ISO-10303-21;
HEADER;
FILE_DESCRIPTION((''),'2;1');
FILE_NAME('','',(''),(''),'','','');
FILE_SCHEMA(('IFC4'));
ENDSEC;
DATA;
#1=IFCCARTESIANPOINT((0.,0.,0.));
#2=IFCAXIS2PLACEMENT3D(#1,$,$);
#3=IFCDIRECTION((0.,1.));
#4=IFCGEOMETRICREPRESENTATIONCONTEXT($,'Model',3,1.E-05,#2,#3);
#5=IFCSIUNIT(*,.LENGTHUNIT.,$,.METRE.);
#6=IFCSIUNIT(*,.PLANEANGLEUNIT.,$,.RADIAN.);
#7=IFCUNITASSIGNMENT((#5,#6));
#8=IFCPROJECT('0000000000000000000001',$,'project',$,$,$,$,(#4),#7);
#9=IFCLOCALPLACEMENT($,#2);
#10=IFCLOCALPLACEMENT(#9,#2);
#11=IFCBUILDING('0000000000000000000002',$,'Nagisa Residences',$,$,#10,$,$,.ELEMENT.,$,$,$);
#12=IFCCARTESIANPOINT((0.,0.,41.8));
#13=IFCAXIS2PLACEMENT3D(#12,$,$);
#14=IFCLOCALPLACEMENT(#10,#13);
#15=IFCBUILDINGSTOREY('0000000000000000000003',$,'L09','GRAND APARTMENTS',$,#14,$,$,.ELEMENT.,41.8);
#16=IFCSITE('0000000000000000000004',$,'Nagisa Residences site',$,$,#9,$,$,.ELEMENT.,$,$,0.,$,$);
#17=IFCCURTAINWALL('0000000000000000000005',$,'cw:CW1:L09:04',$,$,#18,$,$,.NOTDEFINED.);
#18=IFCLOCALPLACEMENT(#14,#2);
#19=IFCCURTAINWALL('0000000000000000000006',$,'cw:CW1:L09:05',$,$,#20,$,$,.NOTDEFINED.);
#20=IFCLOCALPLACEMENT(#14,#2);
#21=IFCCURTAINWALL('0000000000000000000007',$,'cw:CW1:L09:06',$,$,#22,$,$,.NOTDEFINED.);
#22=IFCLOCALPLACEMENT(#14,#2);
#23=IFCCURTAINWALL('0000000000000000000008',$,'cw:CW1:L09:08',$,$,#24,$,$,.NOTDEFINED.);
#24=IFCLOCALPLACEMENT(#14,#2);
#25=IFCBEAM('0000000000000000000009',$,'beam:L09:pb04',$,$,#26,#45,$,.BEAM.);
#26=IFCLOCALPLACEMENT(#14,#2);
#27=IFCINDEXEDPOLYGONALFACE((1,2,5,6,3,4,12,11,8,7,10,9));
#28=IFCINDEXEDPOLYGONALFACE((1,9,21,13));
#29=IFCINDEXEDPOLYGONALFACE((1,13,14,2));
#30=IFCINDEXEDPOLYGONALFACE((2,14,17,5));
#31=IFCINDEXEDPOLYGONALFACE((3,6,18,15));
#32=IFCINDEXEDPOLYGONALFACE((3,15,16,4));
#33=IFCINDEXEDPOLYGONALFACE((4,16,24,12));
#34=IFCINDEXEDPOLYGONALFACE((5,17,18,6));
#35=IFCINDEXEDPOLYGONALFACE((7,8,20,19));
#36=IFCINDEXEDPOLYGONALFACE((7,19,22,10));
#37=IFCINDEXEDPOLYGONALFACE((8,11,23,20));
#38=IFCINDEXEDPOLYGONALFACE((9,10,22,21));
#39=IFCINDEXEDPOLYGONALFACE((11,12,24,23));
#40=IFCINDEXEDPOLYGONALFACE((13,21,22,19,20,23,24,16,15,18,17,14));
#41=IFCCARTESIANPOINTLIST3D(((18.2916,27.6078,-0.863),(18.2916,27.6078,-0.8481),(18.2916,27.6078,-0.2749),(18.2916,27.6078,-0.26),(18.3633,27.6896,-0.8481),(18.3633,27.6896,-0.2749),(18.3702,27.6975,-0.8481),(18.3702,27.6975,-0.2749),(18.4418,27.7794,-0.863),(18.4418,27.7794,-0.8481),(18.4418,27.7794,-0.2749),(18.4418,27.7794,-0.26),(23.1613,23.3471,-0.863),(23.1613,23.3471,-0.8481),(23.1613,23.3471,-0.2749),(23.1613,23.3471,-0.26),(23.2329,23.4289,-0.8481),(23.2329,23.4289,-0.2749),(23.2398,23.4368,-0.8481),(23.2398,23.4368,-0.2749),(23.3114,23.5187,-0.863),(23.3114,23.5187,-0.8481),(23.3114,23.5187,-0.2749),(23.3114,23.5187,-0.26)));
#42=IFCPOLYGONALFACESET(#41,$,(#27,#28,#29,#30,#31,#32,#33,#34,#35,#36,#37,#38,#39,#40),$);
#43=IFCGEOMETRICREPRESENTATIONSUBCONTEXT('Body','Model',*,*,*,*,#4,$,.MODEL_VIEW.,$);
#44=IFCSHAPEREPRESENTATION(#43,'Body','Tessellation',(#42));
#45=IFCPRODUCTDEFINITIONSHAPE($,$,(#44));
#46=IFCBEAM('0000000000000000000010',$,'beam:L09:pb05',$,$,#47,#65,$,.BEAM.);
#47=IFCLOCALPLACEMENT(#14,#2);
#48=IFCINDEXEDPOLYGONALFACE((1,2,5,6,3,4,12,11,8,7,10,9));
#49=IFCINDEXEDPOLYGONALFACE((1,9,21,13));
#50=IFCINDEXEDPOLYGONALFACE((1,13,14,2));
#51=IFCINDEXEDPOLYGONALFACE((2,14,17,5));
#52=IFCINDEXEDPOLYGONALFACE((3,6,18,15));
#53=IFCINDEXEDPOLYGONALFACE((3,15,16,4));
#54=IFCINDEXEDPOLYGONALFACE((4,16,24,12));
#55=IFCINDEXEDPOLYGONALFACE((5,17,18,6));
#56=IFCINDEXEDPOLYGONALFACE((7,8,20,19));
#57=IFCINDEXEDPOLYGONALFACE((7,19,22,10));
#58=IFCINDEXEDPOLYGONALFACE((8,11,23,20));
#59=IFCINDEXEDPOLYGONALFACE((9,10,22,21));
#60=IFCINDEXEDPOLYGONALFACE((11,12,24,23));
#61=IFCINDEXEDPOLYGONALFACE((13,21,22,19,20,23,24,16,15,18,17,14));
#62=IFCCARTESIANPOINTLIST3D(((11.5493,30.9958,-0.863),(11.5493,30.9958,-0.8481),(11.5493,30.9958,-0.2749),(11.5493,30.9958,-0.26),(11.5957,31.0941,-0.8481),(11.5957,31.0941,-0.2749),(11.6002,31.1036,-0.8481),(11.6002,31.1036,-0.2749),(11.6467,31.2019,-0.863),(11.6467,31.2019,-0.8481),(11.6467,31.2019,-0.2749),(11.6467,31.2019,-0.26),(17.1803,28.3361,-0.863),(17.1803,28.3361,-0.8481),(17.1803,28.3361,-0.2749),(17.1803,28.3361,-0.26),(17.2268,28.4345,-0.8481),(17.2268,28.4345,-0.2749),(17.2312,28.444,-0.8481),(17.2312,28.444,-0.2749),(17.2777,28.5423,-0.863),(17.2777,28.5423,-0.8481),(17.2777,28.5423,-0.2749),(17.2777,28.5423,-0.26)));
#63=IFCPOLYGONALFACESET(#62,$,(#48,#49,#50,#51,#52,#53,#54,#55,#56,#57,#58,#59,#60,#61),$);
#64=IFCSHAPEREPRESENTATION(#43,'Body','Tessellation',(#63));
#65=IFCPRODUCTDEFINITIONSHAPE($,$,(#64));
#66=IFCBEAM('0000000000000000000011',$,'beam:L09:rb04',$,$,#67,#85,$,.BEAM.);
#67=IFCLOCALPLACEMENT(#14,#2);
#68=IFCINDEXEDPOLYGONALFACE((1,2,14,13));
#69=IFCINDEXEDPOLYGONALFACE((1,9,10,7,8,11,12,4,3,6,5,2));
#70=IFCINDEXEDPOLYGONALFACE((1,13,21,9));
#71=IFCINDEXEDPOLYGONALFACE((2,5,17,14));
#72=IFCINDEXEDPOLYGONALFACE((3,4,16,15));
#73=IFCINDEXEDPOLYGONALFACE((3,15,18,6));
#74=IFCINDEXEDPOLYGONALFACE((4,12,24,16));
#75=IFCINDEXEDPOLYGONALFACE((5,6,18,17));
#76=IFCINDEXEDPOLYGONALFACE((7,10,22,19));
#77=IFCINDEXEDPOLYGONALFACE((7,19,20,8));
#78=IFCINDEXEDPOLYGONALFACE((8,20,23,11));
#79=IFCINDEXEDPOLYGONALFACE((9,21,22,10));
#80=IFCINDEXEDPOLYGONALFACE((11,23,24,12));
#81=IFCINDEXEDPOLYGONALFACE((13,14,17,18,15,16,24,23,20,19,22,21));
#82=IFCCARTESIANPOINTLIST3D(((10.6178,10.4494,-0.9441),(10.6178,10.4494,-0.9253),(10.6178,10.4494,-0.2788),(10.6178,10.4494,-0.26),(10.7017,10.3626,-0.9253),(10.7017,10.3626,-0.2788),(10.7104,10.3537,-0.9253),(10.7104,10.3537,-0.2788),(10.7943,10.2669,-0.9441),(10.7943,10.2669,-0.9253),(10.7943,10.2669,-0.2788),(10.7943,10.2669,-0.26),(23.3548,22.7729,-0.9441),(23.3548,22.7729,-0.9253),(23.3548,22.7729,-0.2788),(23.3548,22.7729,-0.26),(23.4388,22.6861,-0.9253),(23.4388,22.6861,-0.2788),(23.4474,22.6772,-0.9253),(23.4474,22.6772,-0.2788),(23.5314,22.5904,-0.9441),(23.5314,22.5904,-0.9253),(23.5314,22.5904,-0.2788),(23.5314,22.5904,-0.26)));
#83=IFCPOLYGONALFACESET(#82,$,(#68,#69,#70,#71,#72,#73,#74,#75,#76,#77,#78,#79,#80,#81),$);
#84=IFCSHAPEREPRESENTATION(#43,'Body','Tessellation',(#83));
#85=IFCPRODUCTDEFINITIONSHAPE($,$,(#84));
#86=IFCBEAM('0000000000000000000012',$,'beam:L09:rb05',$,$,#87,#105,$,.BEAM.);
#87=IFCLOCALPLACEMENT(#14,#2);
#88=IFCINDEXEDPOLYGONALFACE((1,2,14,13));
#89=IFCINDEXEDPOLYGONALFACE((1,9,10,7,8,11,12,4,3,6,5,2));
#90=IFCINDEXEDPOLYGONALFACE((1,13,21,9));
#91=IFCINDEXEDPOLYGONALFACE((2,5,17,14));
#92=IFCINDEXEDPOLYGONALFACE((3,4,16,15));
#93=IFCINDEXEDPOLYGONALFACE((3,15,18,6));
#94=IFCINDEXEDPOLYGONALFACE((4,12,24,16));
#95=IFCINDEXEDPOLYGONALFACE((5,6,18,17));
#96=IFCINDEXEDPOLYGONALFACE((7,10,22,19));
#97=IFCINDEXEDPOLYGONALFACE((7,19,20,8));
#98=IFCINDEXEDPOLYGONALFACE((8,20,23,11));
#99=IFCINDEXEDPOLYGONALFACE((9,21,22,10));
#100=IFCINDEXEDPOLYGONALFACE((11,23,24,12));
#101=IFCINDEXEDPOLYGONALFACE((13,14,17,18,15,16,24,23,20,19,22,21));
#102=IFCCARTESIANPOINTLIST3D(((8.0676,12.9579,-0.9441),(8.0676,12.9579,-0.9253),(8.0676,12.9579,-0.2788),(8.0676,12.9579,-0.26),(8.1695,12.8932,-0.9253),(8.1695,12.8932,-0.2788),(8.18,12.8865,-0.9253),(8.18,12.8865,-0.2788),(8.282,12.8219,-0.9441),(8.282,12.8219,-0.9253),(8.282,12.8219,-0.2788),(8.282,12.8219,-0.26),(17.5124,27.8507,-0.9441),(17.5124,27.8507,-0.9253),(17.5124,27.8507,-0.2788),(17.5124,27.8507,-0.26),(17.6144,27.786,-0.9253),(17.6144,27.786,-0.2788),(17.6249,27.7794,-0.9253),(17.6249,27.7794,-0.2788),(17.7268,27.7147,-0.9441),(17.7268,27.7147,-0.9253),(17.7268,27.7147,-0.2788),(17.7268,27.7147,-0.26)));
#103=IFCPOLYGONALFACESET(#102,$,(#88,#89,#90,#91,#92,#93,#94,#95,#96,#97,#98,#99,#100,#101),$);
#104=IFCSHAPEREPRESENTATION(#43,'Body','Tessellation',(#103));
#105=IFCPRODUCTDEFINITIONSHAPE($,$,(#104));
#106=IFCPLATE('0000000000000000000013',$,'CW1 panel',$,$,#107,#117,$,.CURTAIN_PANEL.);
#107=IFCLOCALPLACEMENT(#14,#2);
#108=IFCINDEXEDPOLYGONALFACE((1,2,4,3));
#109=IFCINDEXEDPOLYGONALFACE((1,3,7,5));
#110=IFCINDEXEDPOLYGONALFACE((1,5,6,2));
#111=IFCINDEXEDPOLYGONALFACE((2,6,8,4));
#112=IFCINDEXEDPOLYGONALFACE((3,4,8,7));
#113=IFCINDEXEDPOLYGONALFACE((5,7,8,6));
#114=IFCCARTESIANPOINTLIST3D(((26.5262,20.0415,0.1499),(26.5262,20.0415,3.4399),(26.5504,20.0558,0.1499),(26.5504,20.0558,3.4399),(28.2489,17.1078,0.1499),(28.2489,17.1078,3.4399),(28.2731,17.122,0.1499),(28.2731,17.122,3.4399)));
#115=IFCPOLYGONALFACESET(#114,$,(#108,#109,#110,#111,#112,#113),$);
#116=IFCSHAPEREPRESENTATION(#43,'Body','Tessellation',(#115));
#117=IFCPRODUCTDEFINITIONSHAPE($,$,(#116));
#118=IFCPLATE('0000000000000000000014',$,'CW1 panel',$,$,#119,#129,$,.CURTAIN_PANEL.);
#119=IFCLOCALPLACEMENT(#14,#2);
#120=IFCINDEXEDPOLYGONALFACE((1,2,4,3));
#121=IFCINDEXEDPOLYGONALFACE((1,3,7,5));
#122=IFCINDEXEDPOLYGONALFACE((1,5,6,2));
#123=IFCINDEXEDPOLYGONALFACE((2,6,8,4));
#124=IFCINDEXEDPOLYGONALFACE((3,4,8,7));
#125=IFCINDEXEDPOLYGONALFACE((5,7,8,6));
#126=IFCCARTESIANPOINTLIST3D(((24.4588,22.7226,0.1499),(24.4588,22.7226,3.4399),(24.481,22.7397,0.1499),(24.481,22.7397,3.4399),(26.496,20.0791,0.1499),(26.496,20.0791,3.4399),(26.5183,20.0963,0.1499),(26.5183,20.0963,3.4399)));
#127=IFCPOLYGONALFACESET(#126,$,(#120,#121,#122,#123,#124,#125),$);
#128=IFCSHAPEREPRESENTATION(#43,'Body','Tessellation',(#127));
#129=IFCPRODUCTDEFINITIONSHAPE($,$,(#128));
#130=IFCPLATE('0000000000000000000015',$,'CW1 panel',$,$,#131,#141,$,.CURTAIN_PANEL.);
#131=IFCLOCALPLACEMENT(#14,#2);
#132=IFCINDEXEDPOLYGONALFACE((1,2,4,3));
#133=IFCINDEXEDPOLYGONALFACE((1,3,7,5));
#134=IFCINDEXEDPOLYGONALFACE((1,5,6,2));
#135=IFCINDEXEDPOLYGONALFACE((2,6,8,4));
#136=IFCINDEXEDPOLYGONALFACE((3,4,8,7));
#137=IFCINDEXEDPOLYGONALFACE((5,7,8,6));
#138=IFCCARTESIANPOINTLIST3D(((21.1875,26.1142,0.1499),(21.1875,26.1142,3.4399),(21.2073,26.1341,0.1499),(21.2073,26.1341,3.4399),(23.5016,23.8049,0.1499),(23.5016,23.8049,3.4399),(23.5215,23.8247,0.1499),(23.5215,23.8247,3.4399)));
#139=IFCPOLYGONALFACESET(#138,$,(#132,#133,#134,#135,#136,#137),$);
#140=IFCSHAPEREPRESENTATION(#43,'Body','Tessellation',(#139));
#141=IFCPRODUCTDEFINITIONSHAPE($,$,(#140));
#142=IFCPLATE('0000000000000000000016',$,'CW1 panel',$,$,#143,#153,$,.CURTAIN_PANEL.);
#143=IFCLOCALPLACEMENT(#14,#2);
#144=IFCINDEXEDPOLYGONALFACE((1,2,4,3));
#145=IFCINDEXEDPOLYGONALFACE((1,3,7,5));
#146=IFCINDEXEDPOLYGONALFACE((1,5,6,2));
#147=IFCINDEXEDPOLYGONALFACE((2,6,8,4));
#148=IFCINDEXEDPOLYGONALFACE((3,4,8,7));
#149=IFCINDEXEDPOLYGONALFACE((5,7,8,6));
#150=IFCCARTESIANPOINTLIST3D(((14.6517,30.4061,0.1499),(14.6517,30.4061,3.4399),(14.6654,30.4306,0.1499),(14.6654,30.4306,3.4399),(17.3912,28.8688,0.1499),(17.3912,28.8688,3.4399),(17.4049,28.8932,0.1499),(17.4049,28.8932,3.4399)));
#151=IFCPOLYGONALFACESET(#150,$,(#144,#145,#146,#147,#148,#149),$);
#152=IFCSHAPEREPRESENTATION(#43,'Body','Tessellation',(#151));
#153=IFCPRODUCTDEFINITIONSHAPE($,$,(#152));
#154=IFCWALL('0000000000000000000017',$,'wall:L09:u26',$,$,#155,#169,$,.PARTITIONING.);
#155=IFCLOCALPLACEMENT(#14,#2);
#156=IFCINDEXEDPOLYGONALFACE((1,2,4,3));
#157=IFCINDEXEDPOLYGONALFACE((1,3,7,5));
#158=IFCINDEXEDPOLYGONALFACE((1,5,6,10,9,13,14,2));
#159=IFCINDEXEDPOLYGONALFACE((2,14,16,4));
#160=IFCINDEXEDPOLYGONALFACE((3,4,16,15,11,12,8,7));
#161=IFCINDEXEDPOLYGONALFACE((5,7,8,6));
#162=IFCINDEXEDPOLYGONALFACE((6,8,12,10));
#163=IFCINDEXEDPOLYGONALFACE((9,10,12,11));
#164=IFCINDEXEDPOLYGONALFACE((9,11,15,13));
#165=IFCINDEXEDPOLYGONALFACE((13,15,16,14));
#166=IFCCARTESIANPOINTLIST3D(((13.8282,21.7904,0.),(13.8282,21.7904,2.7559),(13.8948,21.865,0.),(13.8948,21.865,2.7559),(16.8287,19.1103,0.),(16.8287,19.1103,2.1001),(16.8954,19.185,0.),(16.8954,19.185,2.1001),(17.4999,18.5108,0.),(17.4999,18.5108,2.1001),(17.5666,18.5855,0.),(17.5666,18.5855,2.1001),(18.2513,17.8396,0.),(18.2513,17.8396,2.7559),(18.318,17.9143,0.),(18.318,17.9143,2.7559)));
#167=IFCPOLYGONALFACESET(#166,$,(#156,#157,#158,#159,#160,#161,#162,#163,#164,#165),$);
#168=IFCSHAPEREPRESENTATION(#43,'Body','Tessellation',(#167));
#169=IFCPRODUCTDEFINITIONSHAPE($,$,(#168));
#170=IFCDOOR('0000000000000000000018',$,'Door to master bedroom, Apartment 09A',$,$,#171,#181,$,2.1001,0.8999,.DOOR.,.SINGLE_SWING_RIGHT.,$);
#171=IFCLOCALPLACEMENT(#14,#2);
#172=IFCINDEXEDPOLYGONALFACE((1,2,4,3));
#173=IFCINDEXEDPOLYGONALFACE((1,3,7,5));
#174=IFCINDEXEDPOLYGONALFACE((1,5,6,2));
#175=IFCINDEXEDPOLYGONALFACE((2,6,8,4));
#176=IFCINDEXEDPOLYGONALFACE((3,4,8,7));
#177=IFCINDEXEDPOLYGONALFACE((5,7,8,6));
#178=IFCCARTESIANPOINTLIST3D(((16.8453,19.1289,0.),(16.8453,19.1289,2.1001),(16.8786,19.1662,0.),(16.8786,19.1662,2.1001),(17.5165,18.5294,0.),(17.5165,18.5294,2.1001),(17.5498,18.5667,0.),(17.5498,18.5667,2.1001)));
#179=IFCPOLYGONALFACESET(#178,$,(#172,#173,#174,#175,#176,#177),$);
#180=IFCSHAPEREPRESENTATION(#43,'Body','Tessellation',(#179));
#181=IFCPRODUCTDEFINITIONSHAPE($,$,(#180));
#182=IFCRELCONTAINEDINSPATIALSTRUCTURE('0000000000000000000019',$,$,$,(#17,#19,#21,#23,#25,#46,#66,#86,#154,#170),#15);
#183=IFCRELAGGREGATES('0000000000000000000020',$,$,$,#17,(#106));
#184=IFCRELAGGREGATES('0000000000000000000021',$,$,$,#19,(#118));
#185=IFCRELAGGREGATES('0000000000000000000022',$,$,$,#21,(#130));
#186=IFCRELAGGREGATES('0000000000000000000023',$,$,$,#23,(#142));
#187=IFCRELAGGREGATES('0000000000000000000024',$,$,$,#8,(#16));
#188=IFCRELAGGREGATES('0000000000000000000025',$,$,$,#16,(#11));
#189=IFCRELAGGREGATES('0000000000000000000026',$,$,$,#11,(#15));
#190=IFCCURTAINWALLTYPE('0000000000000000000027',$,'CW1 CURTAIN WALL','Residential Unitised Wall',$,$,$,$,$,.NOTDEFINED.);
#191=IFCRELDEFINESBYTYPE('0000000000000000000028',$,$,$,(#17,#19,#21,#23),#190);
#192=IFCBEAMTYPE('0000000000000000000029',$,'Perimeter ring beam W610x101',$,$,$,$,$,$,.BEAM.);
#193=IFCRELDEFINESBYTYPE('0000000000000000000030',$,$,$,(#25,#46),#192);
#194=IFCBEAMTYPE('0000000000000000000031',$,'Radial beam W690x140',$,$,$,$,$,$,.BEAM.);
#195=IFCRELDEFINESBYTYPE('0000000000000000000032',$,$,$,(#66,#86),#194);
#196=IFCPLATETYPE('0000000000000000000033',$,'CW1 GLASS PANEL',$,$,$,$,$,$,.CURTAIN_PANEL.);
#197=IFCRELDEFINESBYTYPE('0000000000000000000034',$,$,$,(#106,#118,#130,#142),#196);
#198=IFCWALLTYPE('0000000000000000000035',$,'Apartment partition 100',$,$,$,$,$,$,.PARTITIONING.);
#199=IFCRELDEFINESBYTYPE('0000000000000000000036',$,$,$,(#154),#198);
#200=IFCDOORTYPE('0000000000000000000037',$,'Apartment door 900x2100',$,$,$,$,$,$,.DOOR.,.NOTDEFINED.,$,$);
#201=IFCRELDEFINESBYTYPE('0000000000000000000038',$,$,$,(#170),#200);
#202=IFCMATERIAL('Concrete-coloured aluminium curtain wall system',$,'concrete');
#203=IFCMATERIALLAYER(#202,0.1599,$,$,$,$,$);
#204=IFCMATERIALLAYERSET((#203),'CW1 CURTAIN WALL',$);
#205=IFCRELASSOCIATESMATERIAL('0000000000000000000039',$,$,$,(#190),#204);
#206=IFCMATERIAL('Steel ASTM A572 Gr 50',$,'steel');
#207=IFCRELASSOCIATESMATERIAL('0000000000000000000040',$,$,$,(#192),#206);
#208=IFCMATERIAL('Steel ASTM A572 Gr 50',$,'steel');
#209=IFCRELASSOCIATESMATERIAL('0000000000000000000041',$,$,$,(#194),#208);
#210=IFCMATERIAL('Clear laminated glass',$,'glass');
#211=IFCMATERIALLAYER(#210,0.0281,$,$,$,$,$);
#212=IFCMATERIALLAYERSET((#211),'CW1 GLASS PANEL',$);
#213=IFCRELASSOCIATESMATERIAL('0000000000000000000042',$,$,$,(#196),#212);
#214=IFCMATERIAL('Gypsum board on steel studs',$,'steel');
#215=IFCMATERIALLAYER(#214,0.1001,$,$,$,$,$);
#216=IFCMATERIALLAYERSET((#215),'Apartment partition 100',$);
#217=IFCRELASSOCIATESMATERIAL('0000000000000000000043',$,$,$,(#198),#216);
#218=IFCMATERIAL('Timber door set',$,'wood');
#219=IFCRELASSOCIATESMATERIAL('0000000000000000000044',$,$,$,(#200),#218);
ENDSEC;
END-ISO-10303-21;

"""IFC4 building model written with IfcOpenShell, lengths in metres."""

from ifc_helpers import new_model, si_unit, direction, frame, frame_2d, origin, origin_2d, place, context, subcontext, project, spatial, rectangle, i_section, extrude, material, layer, layer_set, material_profile, profile_set, type_object, element, fill, aggregate, save


model = new_model("IFC4")

# Units and contexts
model_context = context("Model", 3, precision=1e-05, world=origin(), true_north=direction((0.0, 1.0)))
body_context = subcontext(model_context, "Body", "Model", "MODEL_VIEW")
ifc_project = project(units=[si_unit("LENGTHUNIT", "METRE"), si_unit("PLANEANGLEUNIT", "RADIAN")], contexts=[model_context])

# Site, building, storey
site_placement = place(None, origin())
site = spatial("IfcSite", under=ifc_project, at=site_placement, Name="Nagisa Residences site", CompositionType="ELEMENT", RefElevation=0.0)
building_placement = place(site_placement, origin())
building = spatial("IfcBuilding", under=site, at=building_placement, Name="Nagisa Residences", CompositionType="ELEMENT")
storey_placement = place(building_placement, frame((0.0, 0.0, 41.8)))
storey = spatial("IfcBuildingStorey", under=building, at=storey_placement, Name="L09", Description="GRAND APARTMENTS", CompositionType="ELEMENT", Elevation=41.8)

# Curtain walls
ifc_material_1 = material(Name="Concrete-coloured aluminium curtain wall system", Category="concrete")
ifc_layer_1 = layer(ifc_material_1, 0.1599)
ifc_layer_set_1 = layer_set([ifc_layer_1], Name="CW1 CURTAIN WALL")
curtain_wall_type = type_object("IfcCurtainWallType", Name="CW1 CURTAIN WALL", Description="Residential Unitised Wall", PredefinedType="NOTDEFINED", material=ifc_layer_set_1)
curtain_wall_1_placement = place(storey_placement, origin())
curtain_wall_1 = element("IfcCurtainWall", 1, at=curtain_wall_1_placement, inside=storey, type_object=curtain_wall_type, Name="cw:CW1:L09:04", PredefinedType="NOTDEFINED")
curtain_wall_2_placement = place(storey_placement, origin())
curtain_wall_2 = element("IfcCurtainWall", 2, at=curtain_wall_2_placement, inside=storey, type_object=curtain_wall_type, Name="cw:CW1:L09:05", PredefinedType="NOTDEFINED")
curtain_wall_3_placement = place(storey_placement, origin())
curtain_wall_3 = element("IfcCurtainWall", 3, at=curtain_wall_3_placement, inside=storey, type_object=curtain_wall_type, Name="cw:CW1:L09:06", PredefinedType="NOTDEFINED")
curtain_wall_4_placement = place(storey_placement, origin())
curtain_wall_4 = element("IfcCurtainWall", 4, at=curtain_wall_4_placement, inside=storey, type_object=curtain_wall_type, Name="cw:CW1:L09:08", PredefinedType="NOTDEFINED")

# Beams
ifc_material_2 = material(Name="Steel ASTM A572 Gr 50", Category="steel")
ifc_material_profile_1 = material_profile(ifc_material_2, i_section(OverallWidth=0.228, OverallDepth=0.603, WebThickness=0.0105, FlangeThickness=0.0149, at=origin_2d()), Name="W610x101")
ifc_profile_set_1 = profile_set([ifc_material_profile_1], Name="Steel ASTM A572 Gr 50")
beam_type_1 = type_object("IfcBeamType", Name="Perimeter ring beam W610x101", PredefinedType="BEAM", material=ifc_profile_set_1)
beam_1_placement = place(storey_placement, frame((23.2363, 23.4329, -0.5615), z_axis=(-0.752591, 0.658489, 0.0), x_axis=(-0.658489, -0.752591, 0.0)))
element("IfcBeam", 5, at=beam_1_placement, inside=storey, type_object=beam_type_1, Name="beam:L09:pb04", PredefinedType="BEAM", context=body_context, shape_type="SweptSolid", body=[
    extrude(i_section(OverallWidth=0.228, OverallDepth=0.603, WebThickness=0.0105, FlangeThickness=0.0149, at=origin_2d()), origin(), (0.0, 0.0, 1.0), 6.4705),
])
beam_2_placement = place(storey_placement, frame((17.229, 28.4392, -0.5615), z_axis=(-0.904215, 0.427077, 0.0), x_axis=(-0.427077, -0.904215, 0.0)))
element("IfcBeam", 6, at=beam_2_placement, inside=storey, type_object=beam_type_1, Name="beam:L09:pb05", PredefinedType="BEAM", context=body_context, shape_type="SweptSolid", body=[
    extrude(i_section(OverallWidth=0.228, OverallDepth=0.603, WebThickness=0.0105, FlangeThickness=0.0149, at=origin_2d()), origin(), (0.0, 0.0, 1.0), 6.2275),
])
ifc_material_3 = material(Name="Steel ASTM A572 Gr 50", Category="steel")
ifc_material_profile_2 = material_profile(ifc_material_3, i_section(OverallWidth=0.2539, OverallDepth=0.6841, WebThickness=0.0125, FlangeThickness=0.0188, at=origin_2d()), Name="W690x140")
ifc_profile_set_2 = profile_set([ifc_material_profile_2], Name="Steel ASTM A572 Gr 50")
beam_type_2 = type_object("IfcBeamType", Name="Radial beam W690x140", PredefinedType="BEAM", material=ifc_profile_set_2)
beam_3_placement = place(storey_placement, frame((23.4431, 22.6816, -0.6021), z_axis=(-0.718678, -0.695343, 0.0), x_axis=(0.695343, -0.718678, 0.0)))
element("IfcBeam", 7, at=beam_3_placement, inside=storey, type_object=beam_type_2, Name="beam:L09:rb04", PredefinedType="BEAM", context=body_context, shape_type="SweptSolid", body=[
    extrude(i_section(OverallWidth=0.2539, OverallDepth=0.6841, WebThickness=0.0125, FlangeThickness=0.0188, at=origin_2d()), origin(), (0.0, 0.0, 1.0), 17.7229),
])
beam_4_placement = place(storey_placement, frame((17.6196, 27.7827, -0.6021), z_axis=(-0.535566, -0.844493, 0.0), x_axis=(0.844493, -0.535566, 0.0)))
element("IfcBeam", 8, at=beam_4_placement, inside=storey, type_object=beam_type_2, Name="beam:L09:rb05", PredefinedType="BEAM", context=body_context, shape_type="SweptSolid", body=[
    extrude(i_section(OverallWidth=0.2539, OverallDepth=0.6841, WebThickness=0.0125, FlangeThickness=0.0188, at=origin_2d()), origin(), (0.0, 0.0, 1.0), 17.6353),
])

# Plates
ifc_material_4 = material(Name="Clear laminated glass", Category="glass")
ifc_layer_2 = layer(ifc_material_4, 0.0281)
ifc_layer_set_2 = layer_set([ifc_layer_2], Name="CW1 GLASS PANEL")
plate_type = type_object("IfcPlateType", Name="CW1 GLASS PANEL", PredefinedType="CURTAIN_PANEL", material=ifc_layer_set_2)
plate_1_placement = place(storey_placement, frame((27.3997, 18.5818, 0.1499), z_axis=(0.0, 0.0, 1.0), x_axis=(-0.506349, 0.862329, 0.0)))
plate_1 = element("IfcPlate", 9, at=plate_1_placement, type_object=plate_type, Name="CW1 panel", PredefinedType="CURTAIN_PANEL", context=body_context, shape_type="SweptSolid", body=[
    extrude(rectangle(XDim=3.4021, YDim=0.0281, at=origin_2d()), origin(), (0.0, 0.0, 1.0), 3.29),
])
aggregate(curtain_wall_1, [plate_1])
plate_2_placement = place(storey_placement, frame((25.4885, 21.4094, 0.1499), z_axis=(0.0, 0.0, 1.0), x_axis=(-0.61043, 0.79207, 0.0)))
plate_2 = element("IfcPlate", 10, at=plate_2_placement, type_object=plate_type, Name="CW1 panel", PredefinedType="CURTAIN_PANEL", context=body_context, shape_type="SweptSolid", body=[
    extrude(rectangle(XDim=3.3374, YDim=0.0281, at=origin_2d()), origin(), (0.0, 0.0, 1.0), 3.29),
])
aggregate(curtain_wall_2, [plate_2])
plate_3_placement = place(storey_placement, frame((22.3545, 24.9695, 0.1499), z_axis=(0.0, 0.0, 1.0), x_axis=(-0.707836, 0.706377, 0.0)))
plate_3 = element("IfcPlate", 11, at=plate_3_placement, type_object=plate_type, Name="CW1 panel", PredefinedType="CURTAIN_PANEL", context=body_context, shape_type="SweptSolid", body=[
    extrude(rectangle(XDim=3.2693, YDim=0.0281, at=origin_2d()), origin(), (0.0, 0.0, 1.0), 3.29),
])
aggregate(curtain_wall_3, [plate_3])
plate_4_placement = place(storey_placement, frame((16.0283, 29.6497, 0.1499), z_axis=(0.0, 0.0, 1.0), x_axis=(-0.872072, 0.489377, 0.0)))
plate_4 = element("IfcPlate", 12, at=plate_4_placement, type_object=plate_type, Name="CW1 panel", PredefinedType="CURTAIN_PANEL", context=body_context, shape_type="SweptSolid", body=[
    extrude(rectangle(XDim=3.1414, YDim=0.0281, at=origin_2d()), origin(), (0.0, 0.0, 1.0), 3.29),
])
aggregate(curtain_wall_4, [plate_4])

# Wall, opening, door
ifc_material_5 = material(Name="Gypsum board on steel studs", Category="steel")
ifc_layer_3 = layer(ifc_material_5, 0.1001)
ifc_layer_set_3 = layer_set([ifc_layer_3], Name="Apartment partition 100")
wall_type_1 = type_object("IfcWallType", Name="Apartment partition 100", PredefinedType="PARTITIONING", material=ifc_layer_set_3)
wall_1_placement = place(storey_placement, frame((18.2847, 17.877, 0.0), z_axis=(0.0, 0.0, 1.0), x_axis=(-0.745813, 0.666156, 0.0)))
wall_1 = element("IfcWall", 13, at=wall_1_placement, inside=storey, type_object=wall_type_1, Name="wall:L09:u26", PredefinedType="PARTITIONING", context=body_context, shape_type="SweptSolid", body=[
    extrude(rectangle(XDim=5.9307, YDim=0.1001, at=frame_2d((2.9653, 0.0))), origin(), (0.0, 0.0, 1.0), 2.7559),
])
opening_1_placement = place(wall_1_placement, frame((1.0076, 0.0, 0.0)))
opening_1 = element("IfcOpeningElement", 14, at=opening_1_placement, cuts=wall_1, PredefinedType="OPENING", context=body_context, shape_type="SweptSolid", body=[
    extrude(rectangle(XDim=0.8999, YDim=2.1001, at=frame_2d((0.45, 1.05))), frame((0.0, 0.0601, 0.0), z_axis=(0.0, -1.0, 0.0), x_axis=(1.0, 0.0, 0.0)), (0.0, 0.0, 1.0), 0.1201),
])
ifc_material_6 = material(Name="Timber door set", Category="wood")
door_type_1 = type_object("IfcDoorType", Name="Apartment door 900x2100", OperationType="NOTDEFINED", PredefinedType="DOOR", material=ifc_material_6)
door_1_placement = place(opening_1_placement, frame((0.8999, 0.0, 0.0), x_axis=(-1.0, 0.0, 0.0)))
door_1 = element("IfcDoor", 15, at=door_1_placement, inside=storey, type_object=door_type_1, Name="Door to master bedroom, Apartment 09A", OperationType="SINGLE_SWING_RIGHT", OverallHeight=2.1001, OverallWidth=0.8999, PredefinedType="DOOR", context=body_context, shape_type="SweptSolid", body=[
    extrude(rectangle(XDim=0.8999, YDim=2.1001, at=frame_2d((0.45, 1.05))), frame((0.0, 0.0249, 0.0), z_axis=(0.0, -1.0, 0.0), x_axis=(1.0, 0.0, 0.0)), (0.0, 0.0, 1.0), 0.05),
])
fill(opening_1, door_1)

save(model, "model.ifc")
